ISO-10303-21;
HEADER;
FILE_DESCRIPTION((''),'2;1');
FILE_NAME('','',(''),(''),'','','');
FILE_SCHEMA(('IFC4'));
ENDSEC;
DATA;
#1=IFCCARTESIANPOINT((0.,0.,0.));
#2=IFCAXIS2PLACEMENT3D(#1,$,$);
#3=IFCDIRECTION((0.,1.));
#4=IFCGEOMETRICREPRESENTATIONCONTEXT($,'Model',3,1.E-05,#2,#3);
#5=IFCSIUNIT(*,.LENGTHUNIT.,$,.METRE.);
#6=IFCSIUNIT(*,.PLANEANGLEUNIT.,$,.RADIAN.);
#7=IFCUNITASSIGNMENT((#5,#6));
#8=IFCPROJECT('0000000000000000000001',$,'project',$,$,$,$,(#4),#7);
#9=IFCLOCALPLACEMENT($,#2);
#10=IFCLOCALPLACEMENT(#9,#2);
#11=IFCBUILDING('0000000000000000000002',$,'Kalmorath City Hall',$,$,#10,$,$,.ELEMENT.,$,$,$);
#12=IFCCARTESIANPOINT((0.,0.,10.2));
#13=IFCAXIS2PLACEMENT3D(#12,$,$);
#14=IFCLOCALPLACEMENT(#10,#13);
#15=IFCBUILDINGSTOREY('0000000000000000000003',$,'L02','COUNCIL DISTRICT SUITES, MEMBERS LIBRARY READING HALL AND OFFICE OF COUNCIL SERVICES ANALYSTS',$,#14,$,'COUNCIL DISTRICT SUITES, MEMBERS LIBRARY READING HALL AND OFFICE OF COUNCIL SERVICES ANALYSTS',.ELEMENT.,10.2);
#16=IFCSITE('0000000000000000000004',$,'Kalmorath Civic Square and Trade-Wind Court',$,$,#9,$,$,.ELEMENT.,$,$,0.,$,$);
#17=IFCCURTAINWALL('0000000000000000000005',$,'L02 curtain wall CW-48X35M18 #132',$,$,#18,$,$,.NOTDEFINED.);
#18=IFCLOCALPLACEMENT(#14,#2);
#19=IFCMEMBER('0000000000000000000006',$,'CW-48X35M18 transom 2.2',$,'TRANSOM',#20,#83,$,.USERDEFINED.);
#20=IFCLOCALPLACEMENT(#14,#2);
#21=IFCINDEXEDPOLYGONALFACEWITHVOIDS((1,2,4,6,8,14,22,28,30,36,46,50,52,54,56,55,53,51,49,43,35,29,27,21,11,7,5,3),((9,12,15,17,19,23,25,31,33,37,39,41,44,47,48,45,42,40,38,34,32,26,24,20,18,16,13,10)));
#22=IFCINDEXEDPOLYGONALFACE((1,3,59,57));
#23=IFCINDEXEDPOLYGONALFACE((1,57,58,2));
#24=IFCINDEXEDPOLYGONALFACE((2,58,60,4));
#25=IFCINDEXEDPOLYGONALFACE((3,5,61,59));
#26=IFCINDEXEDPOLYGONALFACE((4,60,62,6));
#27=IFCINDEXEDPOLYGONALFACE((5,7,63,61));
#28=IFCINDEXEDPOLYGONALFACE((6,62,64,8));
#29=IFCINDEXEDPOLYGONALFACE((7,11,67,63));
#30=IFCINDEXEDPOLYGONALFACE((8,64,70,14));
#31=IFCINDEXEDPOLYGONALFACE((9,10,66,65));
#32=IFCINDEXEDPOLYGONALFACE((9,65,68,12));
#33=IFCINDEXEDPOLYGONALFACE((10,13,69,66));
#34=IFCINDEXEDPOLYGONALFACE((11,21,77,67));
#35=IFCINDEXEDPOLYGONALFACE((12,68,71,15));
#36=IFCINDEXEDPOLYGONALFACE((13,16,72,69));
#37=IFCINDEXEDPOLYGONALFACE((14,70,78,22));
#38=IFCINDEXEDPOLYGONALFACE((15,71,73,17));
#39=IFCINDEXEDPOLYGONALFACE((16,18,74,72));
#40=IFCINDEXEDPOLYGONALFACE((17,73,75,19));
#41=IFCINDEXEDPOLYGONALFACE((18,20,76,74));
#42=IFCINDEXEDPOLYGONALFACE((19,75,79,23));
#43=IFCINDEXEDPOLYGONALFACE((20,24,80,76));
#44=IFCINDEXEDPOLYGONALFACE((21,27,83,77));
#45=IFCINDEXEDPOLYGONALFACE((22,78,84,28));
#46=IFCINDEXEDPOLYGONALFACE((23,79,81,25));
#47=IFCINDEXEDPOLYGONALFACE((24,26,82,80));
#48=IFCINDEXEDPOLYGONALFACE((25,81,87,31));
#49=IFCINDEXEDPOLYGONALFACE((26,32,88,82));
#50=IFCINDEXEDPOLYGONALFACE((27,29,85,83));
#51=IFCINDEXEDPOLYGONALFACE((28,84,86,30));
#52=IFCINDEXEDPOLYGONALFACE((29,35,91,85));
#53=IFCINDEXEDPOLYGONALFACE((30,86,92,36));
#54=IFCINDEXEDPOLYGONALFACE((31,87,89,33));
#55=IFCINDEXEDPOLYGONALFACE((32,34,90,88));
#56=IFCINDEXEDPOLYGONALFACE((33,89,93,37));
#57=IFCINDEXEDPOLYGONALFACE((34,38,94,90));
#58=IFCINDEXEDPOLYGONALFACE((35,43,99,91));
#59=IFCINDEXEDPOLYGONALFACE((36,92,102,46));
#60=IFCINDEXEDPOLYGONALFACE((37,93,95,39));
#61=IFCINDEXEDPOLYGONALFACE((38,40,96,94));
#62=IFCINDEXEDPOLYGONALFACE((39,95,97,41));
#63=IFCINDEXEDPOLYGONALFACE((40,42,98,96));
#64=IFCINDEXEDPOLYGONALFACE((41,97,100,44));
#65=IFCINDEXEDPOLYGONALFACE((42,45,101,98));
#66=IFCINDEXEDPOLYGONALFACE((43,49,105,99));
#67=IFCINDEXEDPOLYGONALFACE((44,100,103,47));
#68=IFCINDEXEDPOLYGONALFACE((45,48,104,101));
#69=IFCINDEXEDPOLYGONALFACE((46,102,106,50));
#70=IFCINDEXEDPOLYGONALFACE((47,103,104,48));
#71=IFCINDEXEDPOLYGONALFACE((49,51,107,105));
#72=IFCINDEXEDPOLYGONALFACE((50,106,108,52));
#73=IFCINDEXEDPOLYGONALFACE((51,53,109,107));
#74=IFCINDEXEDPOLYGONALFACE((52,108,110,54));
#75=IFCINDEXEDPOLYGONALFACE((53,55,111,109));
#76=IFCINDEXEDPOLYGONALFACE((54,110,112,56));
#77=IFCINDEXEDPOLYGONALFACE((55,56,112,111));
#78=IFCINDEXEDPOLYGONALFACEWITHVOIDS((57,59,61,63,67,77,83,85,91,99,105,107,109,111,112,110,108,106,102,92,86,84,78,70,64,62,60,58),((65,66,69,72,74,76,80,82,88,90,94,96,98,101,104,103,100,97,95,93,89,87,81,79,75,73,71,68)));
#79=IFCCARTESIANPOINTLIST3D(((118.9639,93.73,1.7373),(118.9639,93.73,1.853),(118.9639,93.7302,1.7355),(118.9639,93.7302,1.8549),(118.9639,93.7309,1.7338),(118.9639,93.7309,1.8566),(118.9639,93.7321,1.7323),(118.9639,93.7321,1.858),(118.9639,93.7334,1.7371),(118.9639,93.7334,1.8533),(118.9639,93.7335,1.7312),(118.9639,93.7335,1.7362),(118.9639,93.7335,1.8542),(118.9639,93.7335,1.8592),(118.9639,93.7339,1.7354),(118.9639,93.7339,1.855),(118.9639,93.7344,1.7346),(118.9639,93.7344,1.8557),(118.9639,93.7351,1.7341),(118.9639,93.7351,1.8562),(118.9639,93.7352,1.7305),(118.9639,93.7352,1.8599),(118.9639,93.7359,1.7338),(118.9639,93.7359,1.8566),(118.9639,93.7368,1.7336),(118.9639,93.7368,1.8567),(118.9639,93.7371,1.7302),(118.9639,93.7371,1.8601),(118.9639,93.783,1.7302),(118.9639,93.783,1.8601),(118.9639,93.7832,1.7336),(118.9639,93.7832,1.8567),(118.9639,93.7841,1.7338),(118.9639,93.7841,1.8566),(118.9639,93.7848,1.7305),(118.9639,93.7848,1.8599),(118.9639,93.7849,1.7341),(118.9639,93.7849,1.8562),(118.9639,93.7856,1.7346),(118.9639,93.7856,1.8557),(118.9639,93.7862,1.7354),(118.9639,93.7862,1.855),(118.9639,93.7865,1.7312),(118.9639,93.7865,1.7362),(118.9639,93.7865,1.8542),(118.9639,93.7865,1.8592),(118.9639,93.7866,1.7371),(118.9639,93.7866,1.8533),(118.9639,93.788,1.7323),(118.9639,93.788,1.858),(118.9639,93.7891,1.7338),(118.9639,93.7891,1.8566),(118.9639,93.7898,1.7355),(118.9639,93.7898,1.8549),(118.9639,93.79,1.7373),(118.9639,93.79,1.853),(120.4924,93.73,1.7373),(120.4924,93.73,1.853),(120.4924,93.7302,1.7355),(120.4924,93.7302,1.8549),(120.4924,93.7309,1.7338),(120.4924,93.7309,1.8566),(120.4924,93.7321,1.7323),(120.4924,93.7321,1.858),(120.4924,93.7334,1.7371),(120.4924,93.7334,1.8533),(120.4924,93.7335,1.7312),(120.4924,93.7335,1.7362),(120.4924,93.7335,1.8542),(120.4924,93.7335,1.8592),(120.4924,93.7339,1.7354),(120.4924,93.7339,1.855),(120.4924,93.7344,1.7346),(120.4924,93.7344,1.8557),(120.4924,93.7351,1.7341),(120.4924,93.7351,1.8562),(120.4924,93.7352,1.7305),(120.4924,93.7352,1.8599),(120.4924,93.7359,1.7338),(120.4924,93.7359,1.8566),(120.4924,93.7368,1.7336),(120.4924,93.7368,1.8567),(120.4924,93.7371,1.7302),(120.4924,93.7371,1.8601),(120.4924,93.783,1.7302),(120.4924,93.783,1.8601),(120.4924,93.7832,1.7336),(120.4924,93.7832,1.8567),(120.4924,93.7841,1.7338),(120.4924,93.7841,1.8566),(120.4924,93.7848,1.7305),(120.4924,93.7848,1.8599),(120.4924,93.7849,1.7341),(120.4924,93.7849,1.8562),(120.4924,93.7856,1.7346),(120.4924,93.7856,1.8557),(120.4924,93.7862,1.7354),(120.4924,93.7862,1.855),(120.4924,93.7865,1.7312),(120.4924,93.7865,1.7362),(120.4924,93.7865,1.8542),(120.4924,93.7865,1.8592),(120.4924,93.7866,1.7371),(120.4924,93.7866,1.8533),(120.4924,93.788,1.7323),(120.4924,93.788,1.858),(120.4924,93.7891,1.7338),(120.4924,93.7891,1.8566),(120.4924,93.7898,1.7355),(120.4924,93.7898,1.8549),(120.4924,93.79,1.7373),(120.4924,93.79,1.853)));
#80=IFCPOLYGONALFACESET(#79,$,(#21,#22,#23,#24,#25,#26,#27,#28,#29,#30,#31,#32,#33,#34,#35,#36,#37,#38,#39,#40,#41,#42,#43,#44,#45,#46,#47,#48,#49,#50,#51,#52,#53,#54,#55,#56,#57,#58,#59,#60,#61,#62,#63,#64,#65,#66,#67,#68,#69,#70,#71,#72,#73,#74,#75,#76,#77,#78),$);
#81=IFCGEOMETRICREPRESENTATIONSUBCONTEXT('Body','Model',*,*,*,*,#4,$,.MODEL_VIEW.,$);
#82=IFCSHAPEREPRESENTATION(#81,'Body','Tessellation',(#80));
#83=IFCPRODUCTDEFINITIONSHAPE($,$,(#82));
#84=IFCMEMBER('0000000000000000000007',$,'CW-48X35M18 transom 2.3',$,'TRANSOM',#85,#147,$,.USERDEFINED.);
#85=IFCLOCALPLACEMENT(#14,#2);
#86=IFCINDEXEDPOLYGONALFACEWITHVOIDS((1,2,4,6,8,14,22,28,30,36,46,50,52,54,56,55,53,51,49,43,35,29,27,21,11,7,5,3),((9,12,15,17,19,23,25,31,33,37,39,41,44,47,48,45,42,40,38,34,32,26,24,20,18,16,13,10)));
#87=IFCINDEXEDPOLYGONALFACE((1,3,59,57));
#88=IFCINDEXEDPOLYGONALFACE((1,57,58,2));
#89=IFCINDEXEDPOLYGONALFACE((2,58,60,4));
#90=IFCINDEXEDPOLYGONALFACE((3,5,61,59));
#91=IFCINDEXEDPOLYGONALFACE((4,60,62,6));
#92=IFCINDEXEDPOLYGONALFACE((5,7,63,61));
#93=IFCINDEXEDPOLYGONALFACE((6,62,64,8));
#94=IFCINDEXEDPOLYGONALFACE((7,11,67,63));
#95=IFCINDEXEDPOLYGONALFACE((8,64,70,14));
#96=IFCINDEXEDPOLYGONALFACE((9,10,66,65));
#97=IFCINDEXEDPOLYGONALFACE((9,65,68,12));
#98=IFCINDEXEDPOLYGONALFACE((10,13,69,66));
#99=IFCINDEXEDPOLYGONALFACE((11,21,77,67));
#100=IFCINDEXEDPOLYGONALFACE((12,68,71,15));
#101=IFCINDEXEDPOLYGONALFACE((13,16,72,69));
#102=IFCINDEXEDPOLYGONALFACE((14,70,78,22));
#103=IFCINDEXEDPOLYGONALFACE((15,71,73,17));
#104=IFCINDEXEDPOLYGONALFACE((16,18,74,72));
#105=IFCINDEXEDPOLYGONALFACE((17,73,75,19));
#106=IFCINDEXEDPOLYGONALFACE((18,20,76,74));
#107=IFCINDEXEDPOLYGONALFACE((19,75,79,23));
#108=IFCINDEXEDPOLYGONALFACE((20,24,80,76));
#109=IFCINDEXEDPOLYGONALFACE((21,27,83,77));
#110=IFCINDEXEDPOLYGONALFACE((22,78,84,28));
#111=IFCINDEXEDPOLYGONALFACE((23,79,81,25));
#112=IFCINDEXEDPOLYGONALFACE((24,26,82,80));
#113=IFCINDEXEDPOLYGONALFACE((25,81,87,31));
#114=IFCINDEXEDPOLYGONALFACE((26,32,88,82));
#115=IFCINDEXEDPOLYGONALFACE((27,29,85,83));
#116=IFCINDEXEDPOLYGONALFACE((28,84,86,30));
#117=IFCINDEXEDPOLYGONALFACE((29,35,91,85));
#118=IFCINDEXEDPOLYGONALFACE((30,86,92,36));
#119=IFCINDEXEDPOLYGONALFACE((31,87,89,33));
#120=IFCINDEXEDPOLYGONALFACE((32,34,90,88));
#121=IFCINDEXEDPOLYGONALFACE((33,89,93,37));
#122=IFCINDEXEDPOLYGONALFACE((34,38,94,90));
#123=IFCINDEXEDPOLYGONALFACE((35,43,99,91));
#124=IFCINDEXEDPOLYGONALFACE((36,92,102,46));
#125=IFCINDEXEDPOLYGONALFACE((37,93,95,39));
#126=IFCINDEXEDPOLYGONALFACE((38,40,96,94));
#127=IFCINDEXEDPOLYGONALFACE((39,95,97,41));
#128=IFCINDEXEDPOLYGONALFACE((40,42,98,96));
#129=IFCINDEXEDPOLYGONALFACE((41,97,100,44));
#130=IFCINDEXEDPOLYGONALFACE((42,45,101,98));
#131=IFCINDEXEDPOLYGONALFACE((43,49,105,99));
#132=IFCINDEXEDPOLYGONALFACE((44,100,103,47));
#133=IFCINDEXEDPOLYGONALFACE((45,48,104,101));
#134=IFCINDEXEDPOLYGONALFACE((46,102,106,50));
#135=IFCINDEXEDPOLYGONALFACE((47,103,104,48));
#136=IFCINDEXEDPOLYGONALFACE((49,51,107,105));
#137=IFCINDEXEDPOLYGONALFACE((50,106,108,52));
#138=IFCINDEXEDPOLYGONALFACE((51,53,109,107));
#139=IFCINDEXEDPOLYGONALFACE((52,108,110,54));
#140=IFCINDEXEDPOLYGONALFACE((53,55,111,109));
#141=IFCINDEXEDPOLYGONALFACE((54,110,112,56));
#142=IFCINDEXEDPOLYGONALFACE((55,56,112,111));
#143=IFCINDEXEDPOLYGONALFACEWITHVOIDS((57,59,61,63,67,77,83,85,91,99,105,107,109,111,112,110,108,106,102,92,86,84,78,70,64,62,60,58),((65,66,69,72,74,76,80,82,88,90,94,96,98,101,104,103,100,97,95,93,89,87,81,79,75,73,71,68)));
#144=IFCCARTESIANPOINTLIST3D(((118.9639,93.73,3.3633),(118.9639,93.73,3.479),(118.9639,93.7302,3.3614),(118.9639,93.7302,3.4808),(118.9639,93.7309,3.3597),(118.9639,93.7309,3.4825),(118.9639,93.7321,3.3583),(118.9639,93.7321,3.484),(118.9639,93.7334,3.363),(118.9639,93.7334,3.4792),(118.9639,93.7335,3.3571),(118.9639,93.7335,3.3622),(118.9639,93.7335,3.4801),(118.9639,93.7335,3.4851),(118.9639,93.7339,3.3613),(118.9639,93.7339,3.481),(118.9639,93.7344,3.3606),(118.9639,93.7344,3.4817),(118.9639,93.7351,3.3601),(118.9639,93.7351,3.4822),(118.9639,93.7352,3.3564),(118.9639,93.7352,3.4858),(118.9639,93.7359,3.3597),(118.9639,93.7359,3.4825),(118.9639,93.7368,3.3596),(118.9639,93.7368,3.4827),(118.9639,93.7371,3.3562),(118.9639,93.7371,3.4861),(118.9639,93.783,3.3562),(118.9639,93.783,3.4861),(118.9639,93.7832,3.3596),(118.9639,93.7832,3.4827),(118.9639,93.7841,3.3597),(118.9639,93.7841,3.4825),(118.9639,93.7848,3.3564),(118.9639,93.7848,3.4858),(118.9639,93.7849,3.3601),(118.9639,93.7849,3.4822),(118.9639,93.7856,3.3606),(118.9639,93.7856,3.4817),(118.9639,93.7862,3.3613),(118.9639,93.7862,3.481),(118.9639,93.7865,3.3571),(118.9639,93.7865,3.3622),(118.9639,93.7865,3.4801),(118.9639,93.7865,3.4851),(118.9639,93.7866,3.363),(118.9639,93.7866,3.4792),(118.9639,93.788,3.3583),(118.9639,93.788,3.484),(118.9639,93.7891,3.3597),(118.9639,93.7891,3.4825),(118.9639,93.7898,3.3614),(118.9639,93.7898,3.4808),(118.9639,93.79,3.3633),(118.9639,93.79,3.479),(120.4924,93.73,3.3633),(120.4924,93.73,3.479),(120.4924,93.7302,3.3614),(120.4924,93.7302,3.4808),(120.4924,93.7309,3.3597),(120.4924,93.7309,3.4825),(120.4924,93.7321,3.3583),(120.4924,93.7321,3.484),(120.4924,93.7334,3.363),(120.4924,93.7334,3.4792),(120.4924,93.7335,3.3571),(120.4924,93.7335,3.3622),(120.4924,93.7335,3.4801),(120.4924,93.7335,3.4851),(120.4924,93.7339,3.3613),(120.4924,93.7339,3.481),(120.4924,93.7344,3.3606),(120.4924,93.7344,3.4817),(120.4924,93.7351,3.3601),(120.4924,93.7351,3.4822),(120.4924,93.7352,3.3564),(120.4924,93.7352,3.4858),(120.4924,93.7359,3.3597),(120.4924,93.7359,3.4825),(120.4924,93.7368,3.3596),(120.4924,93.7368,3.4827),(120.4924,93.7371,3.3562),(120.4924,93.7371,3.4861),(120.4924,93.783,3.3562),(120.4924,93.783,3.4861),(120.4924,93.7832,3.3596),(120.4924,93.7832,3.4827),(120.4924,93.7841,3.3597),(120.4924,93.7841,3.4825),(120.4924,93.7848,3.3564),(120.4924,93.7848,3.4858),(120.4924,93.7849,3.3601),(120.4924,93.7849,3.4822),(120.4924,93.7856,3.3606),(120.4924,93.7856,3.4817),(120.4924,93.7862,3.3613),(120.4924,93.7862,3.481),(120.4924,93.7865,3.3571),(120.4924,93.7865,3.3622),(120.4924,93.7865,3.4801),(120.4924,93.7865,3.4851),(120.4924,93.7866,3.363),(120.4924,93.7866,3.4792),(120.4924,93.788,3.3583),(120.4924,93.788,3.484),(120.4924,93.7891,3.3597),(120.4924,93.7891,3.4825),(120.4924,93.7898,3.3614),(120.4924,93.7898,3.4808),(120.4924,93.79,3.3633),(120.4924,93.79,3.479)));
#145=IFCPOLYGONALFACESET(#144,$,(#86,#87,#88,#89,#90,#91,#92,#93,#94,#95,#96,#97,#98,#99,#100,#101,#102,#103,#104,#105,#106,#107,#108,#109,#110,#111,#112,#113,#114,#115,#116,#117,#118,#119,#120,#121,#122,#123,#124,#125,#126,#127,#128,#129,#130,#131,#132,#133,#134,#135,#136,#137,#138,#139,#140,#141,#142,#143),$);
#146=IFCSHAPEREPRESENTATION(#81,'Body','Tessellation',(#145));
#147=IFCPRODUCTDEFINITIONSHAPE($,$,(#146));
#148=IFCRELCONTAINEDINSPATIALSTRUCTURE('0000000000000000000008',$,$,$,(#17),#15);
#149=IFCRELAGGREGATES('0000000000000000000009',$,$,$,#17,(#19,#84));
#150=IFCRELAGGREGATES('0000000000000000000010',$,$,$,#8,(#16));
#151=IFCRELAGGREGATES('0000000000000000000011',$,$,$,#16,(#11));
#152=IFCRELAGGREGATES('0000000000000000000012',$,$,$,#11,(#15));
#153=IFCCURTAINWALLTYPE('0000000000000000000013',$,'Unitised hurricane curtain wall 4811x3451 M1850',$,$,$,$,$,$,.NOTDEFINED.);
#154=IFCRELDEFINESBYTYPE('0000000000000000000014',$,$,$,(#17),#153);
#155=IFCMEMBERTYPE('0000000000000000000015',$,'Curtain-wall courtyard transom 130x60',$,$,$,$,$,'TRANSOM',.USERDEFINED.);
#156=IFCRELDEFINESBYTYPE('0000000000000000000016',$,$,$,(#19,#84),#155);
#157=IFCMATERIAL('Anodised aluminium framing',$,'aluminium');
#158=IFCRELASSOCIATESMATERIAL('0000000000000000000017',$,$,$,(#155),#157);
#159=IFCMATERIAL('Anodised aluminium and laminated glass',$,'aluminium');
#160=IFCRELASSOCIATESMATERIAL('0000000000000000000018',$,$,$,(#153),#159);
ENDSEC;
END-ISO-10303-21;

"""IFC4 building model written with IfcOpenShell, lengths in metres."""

from ifc_helpers import new_model, si_unit, direction, frame, origin, origin_2d, place, context, subcontext, project, spatial, hollow_rectangle, extrude, material, material_profile, profile_set, type_object, element, aggregate, save


model = new_model("IFC4")

# Units and contexts
model_context = context("Model", 3, precision=1e-05, world=origin(), true_north=direction((0.0, 1.0)))
body_context = subcontext(model_context, "Body", "Model", "MODEL_VIEW")
ifc_project = project(units=[si_unit("LENGTHUNIT", "METRE"), si_unit("PLANEANGLEUNIT", "RADIAN")], contexts=[model_context])

# Site, building, storey
site_placement = place(None, origin())
site = spatial("IfcSite", under=ifc_project, at=site_placement, Name="Kalmorath Civic Square and Trade-Wind Court", CompositionType="ELEMENT", RefElevation=0.0)
building_placement = place(site_placement, origin())
building = spatial("IfcBuilding", under=site, at=building_placement, Name="Kalmorath City Hall", CompositionType="ELEMENT")
storey_placement = place(building_placement, frame((0.0, 0.0, 10.2)))
storey = spatial("IfcBuildingStorey", under=building, at=storey_placement, Name="L02", Description="COUNCIL DISTRICT SUITES, MEMBERS LIBRARY READING HALL AND OFFICE OF COUNCIL SERVICES ANALYSTS", LongName="COUNCIL DISTRICT SUITES, MEMBERS LIBRARY READING HALL AND OFFICE OF COUNCIL SERVICES ANALYSTS", CompositionType="ELEMENT", Elevation=10.2)

# Curtain wall, members
ifc_material_1 = material(Name="Anodised aluminium framing", Category="aluminium")
ifc_material_profile_1 = material_profile(ifc_material_1, hollow_rectangle(XDim=0.0601, YDim=0.1299, WallThickness=0.0034, InnerFilletRadius=0.0034, OuterFilletRadius=0.0071, at=origin_2d()), Name="ALU-TRN-130X60X3.5")
ifc_profile_set_1 = profile_set([ifc_material_profile_1], Name="Anodised aluminium framing")
member_type_1 = type_object("IfcMemberType", Name="Curtain-wall courtyard transom 130x60", ElementType="TRANSOM", PredefinedType="USERDEFINED", material=ifc_profile_set_1)
ifc_material_2 = material(Name="Anodised aluminium and laminated glass", Category="aluminium")
curtain_wall_type_1 = type_object("IfcCurtainWallType", Name="Unitised hurricane curtain wall 4811x3451 M1850", PredefinedType="NOTDEFINED", material=ifc_material_2)
curtain_wall_1_placement = place(storey_placement, origin())
curtain_wall_1 = element("IfcCurtainWall", 1, at=curtain_wall_1_placement, inside=storey, type_object=curtain_wall_type_1, Name="L02 curtain wall CW-48X35M18 #132", PredefinedType="NOTDEFINED")
member_1_placement = place(storey_placement, frame((120.4924, 93.76, 1.7952), z_axis=(-1.0, 0.0, 0.0), x_axis=(0.0, -1.0, 0.0)))
member_1 = element("IfcMember", 2, at=member_1_placement, type_object=member_type_1, Name="CW-48X35M18 transom 2.2", ObjectType="TRANSOM", PredefinedType="USERDEFINED", context=body_context, shape_type="SweptSolid", body=[
    extrude(hollow_rectangle(XDim=0.0601, YDim=0.1299, WallThickness=0.0034, InnerFilletRadius=0.0034, OuterFilletRadius=0.0071, at=origin_2d()), origin(), (0.0, 0.0, 1.0), 1.5286),
])
member_2_placement = place(storey_placement, frame((120.4924, 93.76, 3.4211), z_axis=(-1.0, 0.0, 0.0), x_axis=(0.0, -1.0, 0.0)))
member_2 = element("IfcMember", 3, at=member_2_placement, type_object=member_type_1, Name="CW-48X35M18 transom 2.3", ObjectType="TRANSOM", PredefinedType="USERDEFINED", context=body_context, shape_type="SweptSolid", body=[
    extrude(hollow_rectangle(XDim=0.0601, YDim=0.1299, WallThickness=0.0034, InnerFilletRadius=0.0034, OuterFilletRadius=0.0071, at=origin_2d()), origin(), (0.0, 0.0, 1.0), 1.5286),
])

aggregate(curtain_wall_1, [member_1, member_2])

save(model, "model.ifc")
